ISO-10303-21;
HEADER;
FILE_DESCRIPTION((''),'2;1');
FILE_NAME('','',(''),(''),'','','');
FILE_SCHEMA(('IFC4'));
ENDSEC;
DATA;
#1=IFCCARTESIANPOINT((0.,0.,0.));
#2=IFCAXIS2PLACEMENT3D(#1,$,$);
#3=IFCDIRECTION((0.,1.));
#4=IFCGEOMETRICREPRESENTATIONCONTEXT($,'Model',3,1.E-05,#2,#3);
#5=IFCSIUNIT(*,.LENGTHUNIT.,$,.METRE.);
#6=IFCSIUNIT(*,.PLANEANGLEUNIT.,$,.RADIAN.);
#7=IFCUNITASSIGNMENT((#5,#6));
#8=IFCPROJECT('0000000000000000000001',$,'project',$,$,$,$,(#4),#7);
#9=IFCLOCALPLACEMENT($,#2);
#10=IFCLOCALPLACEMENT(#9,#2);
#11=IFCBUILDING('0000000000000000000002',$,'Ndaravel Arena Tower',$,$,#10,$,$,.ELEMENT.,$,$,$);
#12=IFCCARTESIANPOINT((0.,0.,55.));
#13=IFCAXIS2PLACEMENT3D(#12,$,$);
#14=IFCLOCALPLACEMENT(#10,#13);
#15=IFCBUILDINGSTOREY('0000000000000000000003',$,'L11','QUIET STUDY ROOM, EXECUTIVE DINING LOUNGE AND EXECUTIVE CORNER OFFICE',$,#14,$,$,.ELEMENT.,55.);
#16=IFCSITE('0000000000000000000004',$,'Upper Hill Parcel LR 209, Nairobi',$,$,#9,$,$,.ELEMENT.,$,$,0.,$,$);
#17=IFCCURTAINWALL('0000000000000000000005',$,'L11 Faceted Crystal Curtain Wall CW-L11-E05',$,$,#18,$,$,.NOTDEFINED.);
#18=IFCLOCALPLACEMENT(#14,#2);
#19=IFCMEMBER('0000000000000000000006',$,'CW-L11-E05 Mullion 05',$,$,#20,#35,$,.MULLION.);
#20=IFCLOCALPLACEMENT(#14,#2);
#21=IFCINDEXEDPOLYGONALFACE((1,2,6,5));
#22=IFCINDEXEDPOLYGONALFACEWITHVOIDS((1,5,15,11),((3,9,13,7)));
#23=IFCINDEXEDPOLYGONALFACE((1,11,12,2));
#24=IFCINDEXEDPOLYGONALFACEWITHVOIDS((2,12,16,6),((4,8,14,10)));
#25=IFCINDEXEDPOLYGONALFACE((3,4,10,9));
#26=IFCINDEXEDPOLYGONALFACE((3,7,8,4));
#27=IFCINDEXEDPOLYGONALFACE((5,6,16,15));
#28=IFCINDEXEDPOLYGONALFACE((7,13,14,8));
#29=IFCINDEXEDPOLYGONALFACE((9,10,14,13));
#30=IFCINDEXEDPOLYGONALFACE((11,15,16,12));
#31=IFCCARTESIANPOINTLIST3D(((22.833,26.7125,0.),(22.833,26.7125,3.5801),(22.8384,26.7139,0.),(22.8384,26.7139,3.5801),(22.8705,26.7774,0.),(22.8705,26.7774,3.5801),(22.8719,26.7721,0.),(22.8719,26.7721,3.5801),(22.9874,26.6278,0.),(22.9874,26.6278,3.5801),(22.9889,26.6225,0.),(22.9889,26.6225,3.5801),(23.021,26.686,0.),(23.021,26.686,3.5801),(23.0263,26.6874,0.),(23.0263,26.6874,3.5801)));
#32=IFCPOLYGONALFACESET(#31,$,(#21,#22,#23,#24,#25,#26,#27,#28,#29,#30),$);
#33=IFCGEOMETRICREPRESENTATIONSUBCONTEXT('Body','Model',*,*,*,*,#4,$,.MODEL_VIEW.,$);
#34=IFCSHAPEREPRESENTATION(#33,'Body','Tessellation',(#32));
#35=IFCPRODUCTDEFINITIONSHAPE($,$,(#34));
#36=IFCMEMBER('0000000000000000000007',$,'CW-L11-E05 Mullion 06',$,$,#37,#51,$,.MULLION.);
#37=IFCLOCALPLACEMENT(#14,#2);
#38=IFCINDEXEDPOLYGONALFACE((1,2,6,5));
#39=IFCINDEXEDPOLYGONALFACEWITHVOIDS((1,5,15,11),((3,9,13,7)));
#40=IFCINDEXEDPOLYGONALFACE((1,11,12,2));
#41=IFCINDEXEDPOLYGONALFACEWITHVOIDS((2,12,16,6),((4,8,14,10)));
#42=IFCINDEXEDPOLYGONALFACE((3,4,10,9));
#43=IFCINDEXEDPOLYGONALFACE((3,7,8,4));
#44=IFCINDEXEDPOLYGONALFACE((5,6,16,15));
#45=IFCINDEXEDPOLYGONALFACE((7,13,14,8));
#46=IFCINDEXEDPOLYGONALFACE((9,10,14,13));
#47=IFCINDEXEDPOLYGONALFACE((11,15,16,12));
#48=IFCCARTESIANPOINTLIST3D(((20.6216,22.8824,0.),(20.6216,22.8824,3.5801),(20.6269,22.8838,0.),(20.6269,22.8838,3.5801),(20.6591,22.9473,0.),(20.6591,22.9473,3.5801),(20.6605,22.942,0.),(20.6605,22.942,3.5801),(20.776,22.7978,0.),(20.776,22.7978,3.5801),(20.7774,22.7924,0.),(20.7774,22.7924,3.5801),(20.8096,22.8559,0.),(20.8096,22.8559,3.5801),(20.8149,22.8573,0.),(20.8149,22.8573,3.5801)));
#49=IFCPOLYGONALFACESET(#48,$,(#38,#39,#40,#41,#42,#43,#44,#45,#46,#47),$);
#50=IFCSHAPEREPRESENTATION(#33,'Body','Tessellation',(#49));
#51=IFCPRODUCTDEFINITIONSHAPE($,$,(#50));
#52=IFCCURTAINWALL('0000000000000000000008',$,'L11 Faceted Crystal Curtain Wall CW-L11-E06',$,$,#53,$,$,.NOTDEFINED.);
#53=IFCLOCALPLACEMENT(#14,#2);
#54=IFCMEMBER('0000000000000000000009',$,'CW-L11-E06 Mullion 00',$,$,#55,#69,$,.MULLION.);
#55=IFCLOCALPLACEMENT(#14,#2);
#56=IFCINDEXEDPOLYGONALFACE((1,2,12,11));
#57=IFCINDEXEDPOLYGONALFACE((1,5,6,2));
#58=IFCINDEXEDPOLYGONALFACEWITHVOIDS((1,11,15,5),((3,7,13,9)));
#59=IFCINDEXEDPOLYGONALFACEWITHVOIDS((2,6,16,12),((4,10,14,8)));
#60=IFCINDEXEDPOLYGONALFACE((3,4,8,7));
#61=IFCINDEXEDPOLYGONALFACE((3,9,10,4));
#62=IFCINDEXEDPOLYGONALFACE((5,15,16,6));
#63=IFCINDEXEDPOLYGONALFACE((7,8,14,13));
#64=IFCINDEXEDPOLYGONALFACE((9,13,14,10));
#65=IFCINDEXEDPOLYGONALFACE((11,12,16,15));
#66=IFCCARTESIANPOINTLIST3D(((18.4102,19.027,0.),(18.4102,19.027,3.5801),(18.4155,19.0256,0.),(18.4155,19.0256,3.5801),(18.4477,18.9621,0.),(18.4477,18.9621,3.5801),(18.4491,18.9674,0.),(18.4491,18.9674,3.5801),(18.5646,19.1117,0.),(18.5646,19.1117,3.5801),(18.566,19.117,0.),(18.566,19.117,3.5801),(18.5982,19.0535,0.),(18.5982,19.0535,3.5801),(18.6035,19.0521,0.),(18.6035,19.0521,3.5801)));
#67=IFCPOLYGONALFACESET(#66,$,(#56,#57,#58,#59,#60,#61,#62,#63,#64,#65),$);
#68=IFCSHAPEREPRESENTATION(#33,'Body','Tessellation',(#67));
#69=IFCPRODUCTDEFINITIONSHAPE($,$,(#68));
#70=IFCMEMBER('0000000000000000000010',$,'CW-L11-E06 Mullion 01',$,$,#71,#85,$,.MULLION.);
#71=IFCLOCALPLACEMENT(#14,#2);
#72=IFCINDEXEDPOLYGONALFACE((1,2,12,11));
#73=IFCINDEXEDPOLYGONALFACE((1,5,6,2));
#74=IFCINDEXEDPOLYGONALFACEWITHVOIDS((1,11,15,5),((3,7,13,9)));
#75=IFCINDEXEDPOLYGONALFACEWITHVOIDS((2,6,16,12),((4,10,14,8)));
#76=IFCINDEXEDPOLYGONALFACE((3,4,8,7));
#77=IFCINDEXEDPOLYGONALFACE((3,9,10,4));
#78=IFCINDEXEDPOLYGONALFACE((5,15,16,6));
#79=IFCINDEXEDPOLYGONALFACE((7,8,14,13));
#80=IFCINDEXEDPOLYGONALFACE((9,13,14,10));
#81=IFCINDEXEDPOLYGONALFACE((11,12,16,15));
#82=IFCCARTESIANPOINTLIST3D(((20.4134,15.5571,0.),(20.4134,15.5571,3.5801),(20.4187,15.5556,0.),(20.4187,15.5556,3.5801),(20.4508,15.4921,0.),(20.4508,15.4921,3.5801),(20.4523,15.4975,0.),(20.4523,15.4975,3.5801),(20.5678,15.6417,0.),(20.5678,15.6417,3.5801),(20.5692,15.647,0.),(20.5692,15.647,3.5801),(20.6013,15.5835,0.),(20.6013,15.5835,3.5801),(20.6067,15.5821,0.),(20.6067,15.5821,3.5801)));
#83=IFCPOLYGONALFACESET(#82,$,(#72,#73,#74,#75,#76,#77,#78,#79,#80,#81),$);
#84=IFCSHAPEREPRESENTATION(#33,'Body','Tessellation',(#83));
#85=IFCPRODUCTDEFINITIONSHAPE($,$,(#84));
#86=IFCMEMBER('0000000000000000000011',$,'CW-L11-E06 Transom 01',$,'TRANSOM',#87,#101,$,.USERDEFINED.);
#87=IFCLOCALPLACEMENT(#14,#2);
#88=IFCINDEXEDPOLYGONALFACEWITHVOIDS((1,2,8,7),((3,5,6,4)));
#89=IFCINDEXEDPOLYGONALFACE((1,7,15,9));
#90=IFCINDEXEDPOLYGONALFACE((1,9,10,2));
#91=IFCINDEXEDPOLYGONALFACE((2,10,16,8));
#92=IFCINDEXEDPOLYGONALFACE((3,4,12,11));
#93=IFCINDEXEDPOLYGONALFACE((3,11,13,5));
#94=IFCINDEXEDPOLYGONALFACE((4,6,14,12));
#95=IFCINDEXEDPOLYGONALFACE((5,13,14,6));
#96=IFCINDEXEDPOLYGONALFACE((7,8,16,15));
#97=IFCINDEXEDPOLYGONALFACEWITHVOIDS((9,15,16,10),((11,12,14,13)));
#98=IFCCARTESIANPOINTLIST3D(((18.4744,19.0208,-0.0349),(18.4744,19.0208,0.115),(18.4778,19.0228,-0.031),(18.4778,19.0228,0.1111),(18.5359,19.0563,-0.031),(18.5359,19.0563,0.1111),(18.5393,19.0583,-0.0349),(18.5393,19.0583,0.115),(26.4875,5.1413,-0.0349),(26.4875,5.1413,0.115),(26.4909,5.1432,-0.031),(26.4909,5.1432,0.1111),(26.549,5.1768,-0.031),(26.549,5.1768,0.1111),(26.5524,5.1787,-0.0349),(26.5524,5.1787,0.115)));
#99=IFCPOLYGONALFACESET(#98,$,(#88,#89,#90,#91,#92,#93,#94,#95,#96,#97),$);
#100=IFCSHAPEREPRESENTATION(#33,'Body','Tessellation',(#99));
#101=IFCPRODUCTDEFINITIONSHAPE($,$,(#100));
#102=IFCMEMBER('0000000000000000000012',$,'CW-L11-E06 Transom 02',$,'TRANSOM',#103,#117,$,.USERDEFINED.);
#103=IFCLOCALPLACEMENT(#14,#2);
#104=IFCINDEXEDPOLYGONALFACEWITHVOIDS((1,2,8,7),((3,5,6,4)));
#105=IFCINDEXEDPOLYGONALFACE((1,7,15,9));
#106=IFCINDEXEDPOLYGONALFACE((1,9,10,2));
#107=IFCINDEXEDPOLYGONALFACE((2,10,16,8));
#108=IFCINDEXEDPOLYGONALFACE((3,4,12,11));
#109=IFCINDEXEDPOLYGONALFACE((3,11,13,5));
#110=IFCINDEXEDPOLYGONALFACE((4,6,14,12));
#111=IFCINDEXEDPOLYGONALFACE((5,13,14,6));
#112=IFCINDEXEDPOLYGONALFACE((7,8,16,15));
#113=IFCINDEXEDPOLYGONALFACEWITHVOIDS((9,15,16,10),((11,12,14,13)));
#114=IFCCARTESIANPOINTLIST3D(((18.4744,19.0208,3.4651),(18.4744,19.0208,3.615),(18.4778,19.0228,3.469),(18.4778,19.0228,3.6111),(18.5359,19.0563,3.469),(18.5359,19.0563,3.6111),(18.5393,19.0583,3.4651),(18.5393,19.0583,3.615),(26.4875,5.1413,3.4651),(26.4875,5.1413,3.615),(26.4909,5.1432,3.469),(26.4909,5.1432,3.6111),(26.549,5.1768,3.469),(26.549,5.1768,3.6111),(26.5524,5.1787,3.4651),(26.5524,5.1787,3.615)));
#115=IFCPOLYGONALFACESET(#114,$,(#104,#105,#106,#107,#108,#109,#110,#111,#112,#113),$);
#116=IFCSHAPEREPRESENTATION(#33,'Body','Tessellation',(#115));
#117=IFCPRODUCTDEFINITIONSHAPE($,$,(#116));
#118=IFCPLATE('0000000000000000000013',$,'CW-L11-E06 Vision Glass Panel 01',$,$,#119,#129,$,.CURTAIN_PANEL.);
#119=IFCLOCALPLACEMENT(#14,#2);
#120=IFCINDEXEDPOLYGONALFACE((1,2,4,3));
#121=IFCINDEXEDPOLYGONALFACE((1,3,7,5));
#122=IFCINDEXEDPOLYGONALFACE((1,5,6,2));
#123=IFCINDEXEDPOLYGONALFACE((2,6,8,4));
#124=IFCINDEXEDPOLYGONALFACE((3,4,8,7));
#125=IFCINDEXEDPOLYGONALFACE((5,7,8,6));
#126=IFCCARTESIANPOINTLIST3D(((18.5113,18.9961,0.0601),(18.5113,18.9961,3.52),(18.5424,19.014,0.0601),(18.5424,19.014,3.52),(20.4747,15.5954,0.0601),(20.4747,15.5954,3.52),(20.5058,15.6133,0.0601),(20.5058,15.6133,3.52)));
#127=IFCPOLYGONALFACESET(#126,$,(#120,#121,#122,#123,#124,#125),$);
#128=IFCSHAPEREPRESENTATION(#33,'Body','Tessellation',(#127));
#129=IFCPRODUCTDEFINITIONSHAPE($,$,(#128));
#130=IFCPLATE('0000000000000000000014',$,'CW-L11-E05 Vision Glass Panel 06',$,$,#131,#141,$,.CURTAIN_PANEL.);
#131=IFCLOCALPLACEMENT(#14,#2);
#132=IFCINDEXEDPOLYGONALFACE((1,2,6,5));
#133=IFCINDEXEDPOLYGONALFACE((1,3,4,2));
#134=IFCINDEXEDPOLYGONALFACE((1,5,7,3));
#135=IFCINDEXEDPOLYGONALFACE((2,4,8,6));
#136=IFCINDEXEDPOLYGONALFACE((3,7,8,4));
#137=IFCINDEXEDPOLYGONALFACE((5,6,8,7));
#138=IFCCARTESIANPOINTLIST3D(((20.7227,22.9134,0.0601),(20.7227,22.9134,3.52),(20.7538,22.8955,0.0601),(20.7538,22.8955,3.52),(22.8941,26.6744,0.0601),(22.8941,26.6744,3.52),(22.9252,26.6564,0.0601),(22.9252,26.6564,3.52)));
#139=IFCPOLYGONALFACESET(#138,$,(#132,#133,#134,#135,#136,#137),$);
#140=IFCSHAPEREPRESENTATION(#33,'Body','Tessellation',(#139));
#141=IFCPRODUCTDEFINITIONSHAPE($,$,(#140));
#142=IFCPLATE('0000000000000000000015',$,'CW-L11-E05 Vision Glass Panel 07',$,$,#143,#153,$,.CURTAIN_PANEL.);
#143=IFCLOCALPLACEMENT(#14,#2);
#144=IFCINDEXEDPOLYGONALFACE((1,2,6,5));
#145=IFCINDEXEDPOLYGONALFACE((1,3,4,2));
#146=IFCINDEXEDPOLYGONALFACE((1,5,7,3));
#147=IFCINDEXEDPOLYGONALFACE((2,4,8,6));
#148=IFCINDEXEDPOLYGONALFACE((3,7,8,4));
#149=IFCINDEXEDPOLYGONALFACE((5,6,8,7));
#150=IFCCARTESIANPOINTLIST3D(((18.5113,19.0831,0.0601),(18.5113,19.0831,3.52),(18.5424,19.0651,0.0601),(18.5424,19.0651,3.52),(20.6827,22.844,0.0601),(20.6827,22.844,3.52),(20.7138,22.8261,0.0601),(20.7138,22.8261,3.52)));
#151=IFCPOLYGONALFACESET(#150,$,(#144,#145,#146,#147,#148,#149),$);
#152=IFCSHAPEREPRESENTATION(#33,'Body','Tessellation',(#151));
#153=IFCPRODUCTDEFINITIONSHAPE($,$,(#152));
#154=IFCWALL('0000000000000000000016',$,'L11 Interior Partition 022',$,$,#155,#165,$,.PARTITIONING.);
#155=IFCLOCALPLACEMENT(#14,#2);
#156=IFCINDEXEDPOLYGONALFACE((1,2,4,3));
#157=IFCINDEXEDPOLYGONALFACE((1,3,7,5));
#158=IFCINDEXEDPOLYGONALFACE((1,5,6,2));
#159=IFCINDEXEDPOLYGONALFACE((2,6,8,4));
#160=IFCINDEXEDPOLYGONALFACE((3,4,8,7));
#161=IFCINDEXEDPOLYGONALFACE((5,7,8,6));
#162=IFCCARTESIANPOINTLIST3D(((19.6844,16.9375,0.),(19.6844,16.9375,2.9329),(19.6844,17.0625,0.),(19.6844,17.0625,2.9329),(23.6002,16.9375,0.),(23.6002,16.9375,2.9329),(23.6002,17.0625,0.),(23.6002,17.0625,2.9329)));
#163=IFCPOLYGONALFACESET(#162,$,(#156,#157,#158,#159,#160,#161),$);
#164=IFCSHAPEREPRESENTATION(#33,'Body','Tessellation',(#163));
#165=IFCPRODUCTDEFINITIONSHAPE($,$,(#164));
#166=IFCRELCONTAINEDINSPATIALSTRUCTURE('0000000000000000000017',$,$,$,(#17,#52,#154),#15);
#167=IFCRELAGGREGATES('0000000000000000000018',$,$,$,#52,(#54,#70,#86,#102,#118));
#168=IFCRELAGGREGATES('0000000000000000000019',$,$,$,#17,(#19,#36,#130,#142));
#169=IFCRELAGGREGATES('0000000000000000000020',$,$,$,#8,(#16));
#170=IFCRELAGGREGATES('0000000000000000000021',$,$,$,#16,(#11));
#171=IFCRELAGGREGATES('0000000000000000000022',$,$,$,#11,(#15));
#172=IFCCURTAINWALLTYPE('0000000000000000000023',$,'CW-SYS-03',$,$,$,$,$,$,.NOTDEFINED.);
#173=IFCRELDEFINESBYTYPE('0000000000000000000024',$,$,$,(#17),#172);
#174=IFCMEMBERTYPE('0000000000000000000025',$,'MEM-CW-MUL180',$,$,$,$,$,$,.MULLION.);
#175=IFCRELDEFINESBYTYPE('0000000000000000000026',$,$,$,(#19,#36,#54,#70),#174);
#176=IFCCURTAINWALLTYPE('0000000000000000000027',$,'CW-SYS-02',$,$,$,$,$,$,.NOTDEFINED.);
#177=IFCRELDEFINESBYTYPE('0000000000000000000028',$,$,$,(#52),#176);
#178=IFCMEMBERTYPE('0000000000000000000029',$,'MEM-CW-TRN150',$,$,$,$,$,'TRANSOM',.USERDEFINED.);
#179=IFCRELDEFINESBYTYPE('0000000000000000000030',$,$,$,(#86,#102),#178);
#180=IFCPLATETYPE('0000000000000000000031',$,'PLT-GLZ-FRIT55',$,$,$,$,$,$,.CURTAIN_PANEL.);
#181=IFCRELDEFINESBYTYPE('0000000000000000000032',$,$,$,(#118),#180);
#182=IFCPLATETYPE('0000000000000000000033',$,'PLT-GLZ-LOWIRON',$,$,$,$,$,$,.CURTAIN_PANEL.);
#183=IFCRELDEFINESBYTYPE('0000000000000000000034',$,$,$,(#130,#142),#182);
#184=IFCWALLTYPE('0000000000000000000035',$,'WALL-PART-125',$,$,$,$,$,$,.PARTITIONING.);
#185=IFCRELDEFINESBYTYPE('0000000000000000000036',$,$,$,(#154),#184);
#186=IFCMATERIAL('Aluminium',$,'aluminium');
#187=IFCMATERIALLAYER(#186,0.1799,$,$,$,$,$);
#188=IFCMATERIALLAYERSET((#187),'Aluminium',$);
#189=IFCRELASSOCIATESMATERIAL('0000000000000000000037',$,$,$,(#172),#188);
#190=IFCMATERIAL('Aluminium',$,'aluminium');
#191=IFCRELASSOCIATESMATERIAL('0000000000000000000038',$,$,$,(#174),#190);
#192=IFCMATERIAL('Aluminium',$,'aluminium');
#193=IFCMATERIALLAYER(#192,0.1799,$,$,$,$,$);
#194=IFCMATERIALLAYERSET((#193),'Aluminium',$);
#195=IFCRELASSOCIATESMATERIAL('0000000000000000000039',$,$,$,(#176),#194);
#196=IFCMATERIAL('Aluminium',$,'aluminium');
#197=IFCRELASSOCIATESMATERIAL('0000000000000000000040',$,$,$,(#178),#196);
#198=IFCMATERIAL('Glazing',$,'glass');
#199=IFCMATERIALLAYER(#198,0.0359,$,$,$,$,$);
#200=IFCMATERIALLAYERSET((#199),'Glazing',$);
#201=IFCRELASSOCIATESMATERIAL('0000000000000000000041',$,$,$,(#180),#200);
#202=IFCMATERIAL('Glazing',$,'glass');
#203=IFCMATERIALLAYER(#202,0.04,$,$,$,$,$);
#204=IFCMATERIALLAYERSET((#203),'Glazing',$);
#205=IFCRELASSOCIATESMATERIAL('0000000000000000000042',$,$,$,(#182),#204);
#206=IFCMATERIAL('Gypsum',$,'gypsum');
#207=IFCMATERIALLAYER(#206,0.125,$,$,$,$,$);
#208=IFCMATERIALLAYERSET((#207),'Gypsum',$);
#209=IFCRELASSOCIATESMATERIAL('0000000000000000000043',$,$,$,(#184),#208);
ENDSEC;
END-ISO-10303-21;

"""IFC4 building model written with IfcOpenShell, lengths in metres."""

from ifc_helpers import new_model, si_unit, direction, frame, frame_2d, origin, origin_2d, place, context, subcontext, project, spatial, rectangle, hollow_rectangle, extrude, material, layer, layer_set, material_profile, profile_set, type_object, element, aggregate, save


model = new_model("IFC4")

# Units and contexts
model_context = context("Model", 3, precision=1e-05, world=origin(), true_north=direction((0.0, 1.0)))
body_context = subcontext(model_context, "Body", "Model", "MODEL_VIEW")
ifc_project = project(units=[si_unit("LENGTHUNIT", "METRE"), si_unit("PLANEANGLEUNIT", "RADIAN")], contexts=[model_context])

# Site, building, storey
site_placement = place(None, origin())
site = spatial("IfcSite", under=ifc_project, at=site_placement, Name="Upper Hill Parcel LR 209, Nairobi", CompositionType="ELEMENT", RefElevation=0.0)
building_placement = place(site_placement, origin())
building = spatial("IfcBuilding", under=site, at=building_placement, Name="Ndaravel Arena Tower", CompositionType="ELEMENT")
storey_placement = place(building_placement, frame((0.0, 0.0, 55.0)))
storey = spatial("IfcBuildingStorey", under=building, at=storey_placement, Name="L11", Description="QUIET STUDY ROOM, EXECUTIVE DINING LOUNGE AND EXECUTIVE CORNER OFFICE", CompositionType="ELEMENT", Elevation=55.0)

# Curtain wall, members
ifc_material_1 = material(Name="Aluminium", Category="aluminium")
ifc_layer_1 = layer(ifc_material_1, 0.1799)
ifc_layer_set_1 = layer_set([ifc_layer_1], Name="Aluminium")
curtain_wall_type_1 = type_object("IfcCurtainWallType", Name="CW-SYS-03", PredefinedType="NOTDEFINED", material=ifc_layer_set_1)
curtain_wall_1_placement = place(storey_placement, origin())
curtain_wall_1 = element("IfcCurtainWall", 1, at=curtain_wall_1_placement, inside=storey, type_object=curtain_wall_type_1, Name="L11 Faceted Crystal Curtain Wall CW-L11-E05", PredefinedType="NOTDEFINED")
ifc_material_2 = material(Name="Aluminium", Category="aluminium")
ifc_material_profile_1 = material_profile(ifc_material_2, hollow_rectangle(XDim=0.075, YDim=0.1799, WallThickness=0.0039, at=origin_2d()), Name="CW MULLION 75x180x4")
ifc_profile_set_1 = profile_set([ifc_material_profile_1], Name="Aluminium")
member_type_1 = type_object("IfcMemberType", Name="MEM-CW-MUL180", PredefinedType="MULLION", material=ifc_profile_set_1)
member_1_placement = place(storey_placement, frame((22.9297, 26.7, 0.0), z_axis=(0.0, 0.0, 1.0), x_axis=(-0.5, -0.866025, 0.0)))
member_1 = element("IfcMember", 2, at=member_1_placement, type_object=member_type_1, Name="CW-L11-E05 Mullion 05", PredefinedType="MULLION", context=body_context, shape_type="SweptSolid", body=[
    extrude(hollow_rectangle(XDim=0.075, YDim=0.1799, WallThickness=0.0039, at=origin_2d()), origin(), (0.0, 0.0, 1.0), 3.5801),
])
member_2_placement = place(storey_placement, frame((20.7183, 22.8699, 0.0), z_axis=(0.0, 0.0, 1.0), x_axis=(-0.5, -0.866025, 0.0)))
member_2 = element("IfcMember", 3, at=member_2_placement, type_object=member_type_1, Name="CW-L11-E05 Mullion 06", PredefinedType="MULLION", context=body_context, shape_type="SweptSolid", body=[
    extrude(hollow_rectangle(XDim=0.075, YDim=0.1799, WallThickness=0.0039, at=origin_2d()), origin(), (0.0, 0.0, 1.0), 3.5801),
])

# Curtain wall, members, plate
ifc_material_3 = material(Name="Aluminium", Category="aluminium")
ifc_layer_2 = layer(ifc_material_3, 0.1799)
ifc_layer_set_2 = layer_set([ifc_layer_2], Name="Aluminium")
curtain_wall_type_2 = type_object("IfcCurtainWallType", Name="CW-SYS-02", PredefinedType="NOTDEFINED", material=ifc_layer_set_2)
curtain_wall_2_placement = place(storey_placement, origin())
curtain_wall_2 = element("IfcCurtainWall", 4, at=curtain_wall_2_placement, inside=storey, type_object=curtain_wall_type_2, Name="L11 Faceted Crystal Curtain Wall CW-L11-E06", PredefinedType="NOTDEFINED")
member_3_placement = place(storey_placement, frame((18.5068, 19.0396, 0.0), z_axis=(0.0, 0.0, 1.0), x_axis=(0.5, -0.866025, 0.0)))
member_3 = element("IfcMember", 5, at=member_3_placement, type_object=member_type_1, Name="CW-L11-E06 Mullion 00", PredefinedType="MULLION", context=body_context, shape_type="SweptSolid", body=[
    extrude(hollow_rectangle(XDim=0.075, YDim=0.1799, WallThickness=0.0039, at=origin_2d()), origin(), (0.0, 0.0, 1.0), 3.5801),
])
member_4_placement = place(storey_placement, frame((20.51, 15.5696, 0.0), z_axis=(0.0, 0.0, 1.0), x_axis=(0.5, -0.866025, 0.0)))
member_4 = element("IfcMember", 6, at=member_4_placement, type_object=member_type_1, Name="CW-L11-E06 Mullion 01", PredefinedType="MULLION", context=body_context, shape_type="SweptSolid", body=[
    extrude(hollow_rectangle(XDim=0.075, YDim=0.1799, WallThickness=0.0039, at=origin_2d()), origin(), (0.0, 0.0, 1.0), 3.5801),
])
ifc_material_4 = material(Name="Aluminium", Category="aluminium")
ifc_material_profile_2 = material_profile(ifc_material_4, hollow_rectangle(XDim=0.075, YDim=0.1499, WallThickness=0.0039, at=origin_2d()), Name="CW TRANSOM 75x150x4")
ifc_profile_set_2 = profile_set([ifc_material_profile_2], Name="Aluminium")
member_type_2 = type_object("IfcMemberType", Name="MEM-CW-TRN150", ElementType="TRANSOM", PredefinedType="USERDEFINED", material=ifc_profile_set_2)
member_5_placement = place(storey_placement, frame((18.5068, 19.0396, 0.04), z_axis=(0.499989, -0.866032, 0.0), x_axis=(0.866032, 0.499989, 0.0)))
member_5 = element("IfcMember", 7, at=member_5_placement, type_object=member_type_2, Name="CW-L11-E06 Transom 01", ObjectType="TRANSOM", PredefinedType="USERDEFINED", context=body_context, shape_type="SweptSolid", body=[
    extrude(hollow_rectangle(XDim=0.075, YDim=0.1499, WallThickness=0.0039, at=origin_2d()), origin(), (0.0, 0.0, 1.0), 16.0266),
])
member_6_placement = place(storey_placement, frame((18.5068, 19.0396, 3.54), z_axis=(0.499989, -0.866032, 0.0), x_axis=(0.866032, 0.499989, 0.0)))
member_6 = element("IfcMember", 8, at=member_6_placement, type_object=member_type_2, Name="CW-L11-E06 Transom 02", ObjectType="TRANSOM", PredefinedType="USERDEFINED", context=body_context, shape_type="SweptSolid", body=[
    extrude(hollow_rectangle(XDim=0.075, YDim=0.1499, WallThickness=0.0039, at=origin_2d()), origin(), (0.0, 0.0, 1.0), 16.0266),
])
ifc_material_5 = material(Name="Glazing", Category="glass")
ifc_layer_3 = layer(ifc_material_5, 0.0359)
ifc_layer_set_3 = layer_set([ifc_layer_3], Name="Glazing")
plate_type_1 = type_object("IfcPlateType", Name="PLT-GLZ-FRIT55", PredefinedType="CURTAIN_PANEL", material=ifc_layer_set_3)
plate_1_placement = place(storey_placement, frame((19.5085, 17.3047, 0.0601), z_axis=(0.0, 0.0, 1.0), x_axis=(0.5, -0.866025, 0.0)))
plate_1 = element("IfcPlate", 9, at=plate_1_placement, type_object=plate_type_1, Name="CW-L11-E06 Vision Glass Panel 01", PredefinedType="CURTAIN_PANEL", context=body_context, shape_type="SweptSolid", body=[
    extrude(rectangle(XDim=3.9268, YDim=0.0359, at=origin_2d()), origin(), (0.0, 0.0, 1.0), 3.46),
])
aggregate(curtain_wall_2, [member_3, member_4, member_5, member_6, plate_1])

# Plates
ifc_material_6 = material(Name="Glazing", Category="glass")
ifc_layer_4 = layer(ifc_material_6, 0.04)
ifc_layer_set_4 = layer_set([ifc_layer_4], Name="Glazing")
plate_type_2 = type_object("IfcPlateType", Name="PLT-GLZ-LOWIRON", PredefinedType="CURTAIN_PANEL", material=ifc_layer_set_4)
plate_2_placement = place(storey_placement, frame((21.824, 24.7849, 0.0601), z_axis=(0.0, 0.0, 1.0), x_axis=(-0.5, -0.866025, 0.0)))
plate_2 = element("IfcPlate", 10, at=plate_2_placement, type_object=plate_type_2, Name="CW-L11-E05 Vision Glass Panel 06", PredefinedType="CURTAIN_PANEL", context=body_context, shape_type="SweptSolid", body=[
    extrude(rectangle(XDim=4.3428, YDim=0.0359, at=origin_2d()), origin(), (0.0, 0.0, 1.0), 3.46),
])
plate_3_placement = place(storey_placement, frame((19.6125, 20.9546, 0.0601), z_axis=(0.0, 0.0, 1.0), x_axis=(-0.5, -0.866025, 0.0)))
plate_3 = element("IfcPlate", 11, at=plate_3_placement, type_object=plate_type_2, Name="CW-L11-E05 Vision Glass Panel 07", PredefinedType="CURTAIN_PANEL", context=body_context, shape_type="SweptSolid", body=[
    extrude(rectangle(XDim=4.3428, YDim=0.0359, at=origin_2d()), origin(), (0.0, 0.0, 1.0), 3.46),
])
aggregate(curtain_wall_1, [member_1, member_2, plate_2, plate_3])

# Wall
ifc_material_7 = material(Name="Gypsum", Category="gypsum")
ifc_layer_5 = layer(ifc_material_7, 0.125)
ifc_layer_set_5 = layer_set([ifc_layer_5], Name="Gypsum")
wall_type = type_object("IfcWallType", Name="WALL-PART-125", PredefinedType="PARTITIONING", material=ifc_layer_set_5)
wall_placement = place(storey_placement, frame((19.6843, 17.0, 0.0), z_axis=(0.0, 0.0, 1.0), x_axis=(1.0, 0.0, 0.0)))
element("IfcWall", 12, at=wall_placement, inside=storey, type_object=wall_type, Name="L11 Interior Partition 022", PredefinedType="PARTITIONING", context=body_context, shape_type="SweptSolid", body=[
    extrude(rectangle(XDim=3.9158, YDim=0.125, at=frame_2d((1.958, 0.0))), origin(), (0.0, 0.0, 1.0), 2.9329),
])

save(model, "model.ifc")
